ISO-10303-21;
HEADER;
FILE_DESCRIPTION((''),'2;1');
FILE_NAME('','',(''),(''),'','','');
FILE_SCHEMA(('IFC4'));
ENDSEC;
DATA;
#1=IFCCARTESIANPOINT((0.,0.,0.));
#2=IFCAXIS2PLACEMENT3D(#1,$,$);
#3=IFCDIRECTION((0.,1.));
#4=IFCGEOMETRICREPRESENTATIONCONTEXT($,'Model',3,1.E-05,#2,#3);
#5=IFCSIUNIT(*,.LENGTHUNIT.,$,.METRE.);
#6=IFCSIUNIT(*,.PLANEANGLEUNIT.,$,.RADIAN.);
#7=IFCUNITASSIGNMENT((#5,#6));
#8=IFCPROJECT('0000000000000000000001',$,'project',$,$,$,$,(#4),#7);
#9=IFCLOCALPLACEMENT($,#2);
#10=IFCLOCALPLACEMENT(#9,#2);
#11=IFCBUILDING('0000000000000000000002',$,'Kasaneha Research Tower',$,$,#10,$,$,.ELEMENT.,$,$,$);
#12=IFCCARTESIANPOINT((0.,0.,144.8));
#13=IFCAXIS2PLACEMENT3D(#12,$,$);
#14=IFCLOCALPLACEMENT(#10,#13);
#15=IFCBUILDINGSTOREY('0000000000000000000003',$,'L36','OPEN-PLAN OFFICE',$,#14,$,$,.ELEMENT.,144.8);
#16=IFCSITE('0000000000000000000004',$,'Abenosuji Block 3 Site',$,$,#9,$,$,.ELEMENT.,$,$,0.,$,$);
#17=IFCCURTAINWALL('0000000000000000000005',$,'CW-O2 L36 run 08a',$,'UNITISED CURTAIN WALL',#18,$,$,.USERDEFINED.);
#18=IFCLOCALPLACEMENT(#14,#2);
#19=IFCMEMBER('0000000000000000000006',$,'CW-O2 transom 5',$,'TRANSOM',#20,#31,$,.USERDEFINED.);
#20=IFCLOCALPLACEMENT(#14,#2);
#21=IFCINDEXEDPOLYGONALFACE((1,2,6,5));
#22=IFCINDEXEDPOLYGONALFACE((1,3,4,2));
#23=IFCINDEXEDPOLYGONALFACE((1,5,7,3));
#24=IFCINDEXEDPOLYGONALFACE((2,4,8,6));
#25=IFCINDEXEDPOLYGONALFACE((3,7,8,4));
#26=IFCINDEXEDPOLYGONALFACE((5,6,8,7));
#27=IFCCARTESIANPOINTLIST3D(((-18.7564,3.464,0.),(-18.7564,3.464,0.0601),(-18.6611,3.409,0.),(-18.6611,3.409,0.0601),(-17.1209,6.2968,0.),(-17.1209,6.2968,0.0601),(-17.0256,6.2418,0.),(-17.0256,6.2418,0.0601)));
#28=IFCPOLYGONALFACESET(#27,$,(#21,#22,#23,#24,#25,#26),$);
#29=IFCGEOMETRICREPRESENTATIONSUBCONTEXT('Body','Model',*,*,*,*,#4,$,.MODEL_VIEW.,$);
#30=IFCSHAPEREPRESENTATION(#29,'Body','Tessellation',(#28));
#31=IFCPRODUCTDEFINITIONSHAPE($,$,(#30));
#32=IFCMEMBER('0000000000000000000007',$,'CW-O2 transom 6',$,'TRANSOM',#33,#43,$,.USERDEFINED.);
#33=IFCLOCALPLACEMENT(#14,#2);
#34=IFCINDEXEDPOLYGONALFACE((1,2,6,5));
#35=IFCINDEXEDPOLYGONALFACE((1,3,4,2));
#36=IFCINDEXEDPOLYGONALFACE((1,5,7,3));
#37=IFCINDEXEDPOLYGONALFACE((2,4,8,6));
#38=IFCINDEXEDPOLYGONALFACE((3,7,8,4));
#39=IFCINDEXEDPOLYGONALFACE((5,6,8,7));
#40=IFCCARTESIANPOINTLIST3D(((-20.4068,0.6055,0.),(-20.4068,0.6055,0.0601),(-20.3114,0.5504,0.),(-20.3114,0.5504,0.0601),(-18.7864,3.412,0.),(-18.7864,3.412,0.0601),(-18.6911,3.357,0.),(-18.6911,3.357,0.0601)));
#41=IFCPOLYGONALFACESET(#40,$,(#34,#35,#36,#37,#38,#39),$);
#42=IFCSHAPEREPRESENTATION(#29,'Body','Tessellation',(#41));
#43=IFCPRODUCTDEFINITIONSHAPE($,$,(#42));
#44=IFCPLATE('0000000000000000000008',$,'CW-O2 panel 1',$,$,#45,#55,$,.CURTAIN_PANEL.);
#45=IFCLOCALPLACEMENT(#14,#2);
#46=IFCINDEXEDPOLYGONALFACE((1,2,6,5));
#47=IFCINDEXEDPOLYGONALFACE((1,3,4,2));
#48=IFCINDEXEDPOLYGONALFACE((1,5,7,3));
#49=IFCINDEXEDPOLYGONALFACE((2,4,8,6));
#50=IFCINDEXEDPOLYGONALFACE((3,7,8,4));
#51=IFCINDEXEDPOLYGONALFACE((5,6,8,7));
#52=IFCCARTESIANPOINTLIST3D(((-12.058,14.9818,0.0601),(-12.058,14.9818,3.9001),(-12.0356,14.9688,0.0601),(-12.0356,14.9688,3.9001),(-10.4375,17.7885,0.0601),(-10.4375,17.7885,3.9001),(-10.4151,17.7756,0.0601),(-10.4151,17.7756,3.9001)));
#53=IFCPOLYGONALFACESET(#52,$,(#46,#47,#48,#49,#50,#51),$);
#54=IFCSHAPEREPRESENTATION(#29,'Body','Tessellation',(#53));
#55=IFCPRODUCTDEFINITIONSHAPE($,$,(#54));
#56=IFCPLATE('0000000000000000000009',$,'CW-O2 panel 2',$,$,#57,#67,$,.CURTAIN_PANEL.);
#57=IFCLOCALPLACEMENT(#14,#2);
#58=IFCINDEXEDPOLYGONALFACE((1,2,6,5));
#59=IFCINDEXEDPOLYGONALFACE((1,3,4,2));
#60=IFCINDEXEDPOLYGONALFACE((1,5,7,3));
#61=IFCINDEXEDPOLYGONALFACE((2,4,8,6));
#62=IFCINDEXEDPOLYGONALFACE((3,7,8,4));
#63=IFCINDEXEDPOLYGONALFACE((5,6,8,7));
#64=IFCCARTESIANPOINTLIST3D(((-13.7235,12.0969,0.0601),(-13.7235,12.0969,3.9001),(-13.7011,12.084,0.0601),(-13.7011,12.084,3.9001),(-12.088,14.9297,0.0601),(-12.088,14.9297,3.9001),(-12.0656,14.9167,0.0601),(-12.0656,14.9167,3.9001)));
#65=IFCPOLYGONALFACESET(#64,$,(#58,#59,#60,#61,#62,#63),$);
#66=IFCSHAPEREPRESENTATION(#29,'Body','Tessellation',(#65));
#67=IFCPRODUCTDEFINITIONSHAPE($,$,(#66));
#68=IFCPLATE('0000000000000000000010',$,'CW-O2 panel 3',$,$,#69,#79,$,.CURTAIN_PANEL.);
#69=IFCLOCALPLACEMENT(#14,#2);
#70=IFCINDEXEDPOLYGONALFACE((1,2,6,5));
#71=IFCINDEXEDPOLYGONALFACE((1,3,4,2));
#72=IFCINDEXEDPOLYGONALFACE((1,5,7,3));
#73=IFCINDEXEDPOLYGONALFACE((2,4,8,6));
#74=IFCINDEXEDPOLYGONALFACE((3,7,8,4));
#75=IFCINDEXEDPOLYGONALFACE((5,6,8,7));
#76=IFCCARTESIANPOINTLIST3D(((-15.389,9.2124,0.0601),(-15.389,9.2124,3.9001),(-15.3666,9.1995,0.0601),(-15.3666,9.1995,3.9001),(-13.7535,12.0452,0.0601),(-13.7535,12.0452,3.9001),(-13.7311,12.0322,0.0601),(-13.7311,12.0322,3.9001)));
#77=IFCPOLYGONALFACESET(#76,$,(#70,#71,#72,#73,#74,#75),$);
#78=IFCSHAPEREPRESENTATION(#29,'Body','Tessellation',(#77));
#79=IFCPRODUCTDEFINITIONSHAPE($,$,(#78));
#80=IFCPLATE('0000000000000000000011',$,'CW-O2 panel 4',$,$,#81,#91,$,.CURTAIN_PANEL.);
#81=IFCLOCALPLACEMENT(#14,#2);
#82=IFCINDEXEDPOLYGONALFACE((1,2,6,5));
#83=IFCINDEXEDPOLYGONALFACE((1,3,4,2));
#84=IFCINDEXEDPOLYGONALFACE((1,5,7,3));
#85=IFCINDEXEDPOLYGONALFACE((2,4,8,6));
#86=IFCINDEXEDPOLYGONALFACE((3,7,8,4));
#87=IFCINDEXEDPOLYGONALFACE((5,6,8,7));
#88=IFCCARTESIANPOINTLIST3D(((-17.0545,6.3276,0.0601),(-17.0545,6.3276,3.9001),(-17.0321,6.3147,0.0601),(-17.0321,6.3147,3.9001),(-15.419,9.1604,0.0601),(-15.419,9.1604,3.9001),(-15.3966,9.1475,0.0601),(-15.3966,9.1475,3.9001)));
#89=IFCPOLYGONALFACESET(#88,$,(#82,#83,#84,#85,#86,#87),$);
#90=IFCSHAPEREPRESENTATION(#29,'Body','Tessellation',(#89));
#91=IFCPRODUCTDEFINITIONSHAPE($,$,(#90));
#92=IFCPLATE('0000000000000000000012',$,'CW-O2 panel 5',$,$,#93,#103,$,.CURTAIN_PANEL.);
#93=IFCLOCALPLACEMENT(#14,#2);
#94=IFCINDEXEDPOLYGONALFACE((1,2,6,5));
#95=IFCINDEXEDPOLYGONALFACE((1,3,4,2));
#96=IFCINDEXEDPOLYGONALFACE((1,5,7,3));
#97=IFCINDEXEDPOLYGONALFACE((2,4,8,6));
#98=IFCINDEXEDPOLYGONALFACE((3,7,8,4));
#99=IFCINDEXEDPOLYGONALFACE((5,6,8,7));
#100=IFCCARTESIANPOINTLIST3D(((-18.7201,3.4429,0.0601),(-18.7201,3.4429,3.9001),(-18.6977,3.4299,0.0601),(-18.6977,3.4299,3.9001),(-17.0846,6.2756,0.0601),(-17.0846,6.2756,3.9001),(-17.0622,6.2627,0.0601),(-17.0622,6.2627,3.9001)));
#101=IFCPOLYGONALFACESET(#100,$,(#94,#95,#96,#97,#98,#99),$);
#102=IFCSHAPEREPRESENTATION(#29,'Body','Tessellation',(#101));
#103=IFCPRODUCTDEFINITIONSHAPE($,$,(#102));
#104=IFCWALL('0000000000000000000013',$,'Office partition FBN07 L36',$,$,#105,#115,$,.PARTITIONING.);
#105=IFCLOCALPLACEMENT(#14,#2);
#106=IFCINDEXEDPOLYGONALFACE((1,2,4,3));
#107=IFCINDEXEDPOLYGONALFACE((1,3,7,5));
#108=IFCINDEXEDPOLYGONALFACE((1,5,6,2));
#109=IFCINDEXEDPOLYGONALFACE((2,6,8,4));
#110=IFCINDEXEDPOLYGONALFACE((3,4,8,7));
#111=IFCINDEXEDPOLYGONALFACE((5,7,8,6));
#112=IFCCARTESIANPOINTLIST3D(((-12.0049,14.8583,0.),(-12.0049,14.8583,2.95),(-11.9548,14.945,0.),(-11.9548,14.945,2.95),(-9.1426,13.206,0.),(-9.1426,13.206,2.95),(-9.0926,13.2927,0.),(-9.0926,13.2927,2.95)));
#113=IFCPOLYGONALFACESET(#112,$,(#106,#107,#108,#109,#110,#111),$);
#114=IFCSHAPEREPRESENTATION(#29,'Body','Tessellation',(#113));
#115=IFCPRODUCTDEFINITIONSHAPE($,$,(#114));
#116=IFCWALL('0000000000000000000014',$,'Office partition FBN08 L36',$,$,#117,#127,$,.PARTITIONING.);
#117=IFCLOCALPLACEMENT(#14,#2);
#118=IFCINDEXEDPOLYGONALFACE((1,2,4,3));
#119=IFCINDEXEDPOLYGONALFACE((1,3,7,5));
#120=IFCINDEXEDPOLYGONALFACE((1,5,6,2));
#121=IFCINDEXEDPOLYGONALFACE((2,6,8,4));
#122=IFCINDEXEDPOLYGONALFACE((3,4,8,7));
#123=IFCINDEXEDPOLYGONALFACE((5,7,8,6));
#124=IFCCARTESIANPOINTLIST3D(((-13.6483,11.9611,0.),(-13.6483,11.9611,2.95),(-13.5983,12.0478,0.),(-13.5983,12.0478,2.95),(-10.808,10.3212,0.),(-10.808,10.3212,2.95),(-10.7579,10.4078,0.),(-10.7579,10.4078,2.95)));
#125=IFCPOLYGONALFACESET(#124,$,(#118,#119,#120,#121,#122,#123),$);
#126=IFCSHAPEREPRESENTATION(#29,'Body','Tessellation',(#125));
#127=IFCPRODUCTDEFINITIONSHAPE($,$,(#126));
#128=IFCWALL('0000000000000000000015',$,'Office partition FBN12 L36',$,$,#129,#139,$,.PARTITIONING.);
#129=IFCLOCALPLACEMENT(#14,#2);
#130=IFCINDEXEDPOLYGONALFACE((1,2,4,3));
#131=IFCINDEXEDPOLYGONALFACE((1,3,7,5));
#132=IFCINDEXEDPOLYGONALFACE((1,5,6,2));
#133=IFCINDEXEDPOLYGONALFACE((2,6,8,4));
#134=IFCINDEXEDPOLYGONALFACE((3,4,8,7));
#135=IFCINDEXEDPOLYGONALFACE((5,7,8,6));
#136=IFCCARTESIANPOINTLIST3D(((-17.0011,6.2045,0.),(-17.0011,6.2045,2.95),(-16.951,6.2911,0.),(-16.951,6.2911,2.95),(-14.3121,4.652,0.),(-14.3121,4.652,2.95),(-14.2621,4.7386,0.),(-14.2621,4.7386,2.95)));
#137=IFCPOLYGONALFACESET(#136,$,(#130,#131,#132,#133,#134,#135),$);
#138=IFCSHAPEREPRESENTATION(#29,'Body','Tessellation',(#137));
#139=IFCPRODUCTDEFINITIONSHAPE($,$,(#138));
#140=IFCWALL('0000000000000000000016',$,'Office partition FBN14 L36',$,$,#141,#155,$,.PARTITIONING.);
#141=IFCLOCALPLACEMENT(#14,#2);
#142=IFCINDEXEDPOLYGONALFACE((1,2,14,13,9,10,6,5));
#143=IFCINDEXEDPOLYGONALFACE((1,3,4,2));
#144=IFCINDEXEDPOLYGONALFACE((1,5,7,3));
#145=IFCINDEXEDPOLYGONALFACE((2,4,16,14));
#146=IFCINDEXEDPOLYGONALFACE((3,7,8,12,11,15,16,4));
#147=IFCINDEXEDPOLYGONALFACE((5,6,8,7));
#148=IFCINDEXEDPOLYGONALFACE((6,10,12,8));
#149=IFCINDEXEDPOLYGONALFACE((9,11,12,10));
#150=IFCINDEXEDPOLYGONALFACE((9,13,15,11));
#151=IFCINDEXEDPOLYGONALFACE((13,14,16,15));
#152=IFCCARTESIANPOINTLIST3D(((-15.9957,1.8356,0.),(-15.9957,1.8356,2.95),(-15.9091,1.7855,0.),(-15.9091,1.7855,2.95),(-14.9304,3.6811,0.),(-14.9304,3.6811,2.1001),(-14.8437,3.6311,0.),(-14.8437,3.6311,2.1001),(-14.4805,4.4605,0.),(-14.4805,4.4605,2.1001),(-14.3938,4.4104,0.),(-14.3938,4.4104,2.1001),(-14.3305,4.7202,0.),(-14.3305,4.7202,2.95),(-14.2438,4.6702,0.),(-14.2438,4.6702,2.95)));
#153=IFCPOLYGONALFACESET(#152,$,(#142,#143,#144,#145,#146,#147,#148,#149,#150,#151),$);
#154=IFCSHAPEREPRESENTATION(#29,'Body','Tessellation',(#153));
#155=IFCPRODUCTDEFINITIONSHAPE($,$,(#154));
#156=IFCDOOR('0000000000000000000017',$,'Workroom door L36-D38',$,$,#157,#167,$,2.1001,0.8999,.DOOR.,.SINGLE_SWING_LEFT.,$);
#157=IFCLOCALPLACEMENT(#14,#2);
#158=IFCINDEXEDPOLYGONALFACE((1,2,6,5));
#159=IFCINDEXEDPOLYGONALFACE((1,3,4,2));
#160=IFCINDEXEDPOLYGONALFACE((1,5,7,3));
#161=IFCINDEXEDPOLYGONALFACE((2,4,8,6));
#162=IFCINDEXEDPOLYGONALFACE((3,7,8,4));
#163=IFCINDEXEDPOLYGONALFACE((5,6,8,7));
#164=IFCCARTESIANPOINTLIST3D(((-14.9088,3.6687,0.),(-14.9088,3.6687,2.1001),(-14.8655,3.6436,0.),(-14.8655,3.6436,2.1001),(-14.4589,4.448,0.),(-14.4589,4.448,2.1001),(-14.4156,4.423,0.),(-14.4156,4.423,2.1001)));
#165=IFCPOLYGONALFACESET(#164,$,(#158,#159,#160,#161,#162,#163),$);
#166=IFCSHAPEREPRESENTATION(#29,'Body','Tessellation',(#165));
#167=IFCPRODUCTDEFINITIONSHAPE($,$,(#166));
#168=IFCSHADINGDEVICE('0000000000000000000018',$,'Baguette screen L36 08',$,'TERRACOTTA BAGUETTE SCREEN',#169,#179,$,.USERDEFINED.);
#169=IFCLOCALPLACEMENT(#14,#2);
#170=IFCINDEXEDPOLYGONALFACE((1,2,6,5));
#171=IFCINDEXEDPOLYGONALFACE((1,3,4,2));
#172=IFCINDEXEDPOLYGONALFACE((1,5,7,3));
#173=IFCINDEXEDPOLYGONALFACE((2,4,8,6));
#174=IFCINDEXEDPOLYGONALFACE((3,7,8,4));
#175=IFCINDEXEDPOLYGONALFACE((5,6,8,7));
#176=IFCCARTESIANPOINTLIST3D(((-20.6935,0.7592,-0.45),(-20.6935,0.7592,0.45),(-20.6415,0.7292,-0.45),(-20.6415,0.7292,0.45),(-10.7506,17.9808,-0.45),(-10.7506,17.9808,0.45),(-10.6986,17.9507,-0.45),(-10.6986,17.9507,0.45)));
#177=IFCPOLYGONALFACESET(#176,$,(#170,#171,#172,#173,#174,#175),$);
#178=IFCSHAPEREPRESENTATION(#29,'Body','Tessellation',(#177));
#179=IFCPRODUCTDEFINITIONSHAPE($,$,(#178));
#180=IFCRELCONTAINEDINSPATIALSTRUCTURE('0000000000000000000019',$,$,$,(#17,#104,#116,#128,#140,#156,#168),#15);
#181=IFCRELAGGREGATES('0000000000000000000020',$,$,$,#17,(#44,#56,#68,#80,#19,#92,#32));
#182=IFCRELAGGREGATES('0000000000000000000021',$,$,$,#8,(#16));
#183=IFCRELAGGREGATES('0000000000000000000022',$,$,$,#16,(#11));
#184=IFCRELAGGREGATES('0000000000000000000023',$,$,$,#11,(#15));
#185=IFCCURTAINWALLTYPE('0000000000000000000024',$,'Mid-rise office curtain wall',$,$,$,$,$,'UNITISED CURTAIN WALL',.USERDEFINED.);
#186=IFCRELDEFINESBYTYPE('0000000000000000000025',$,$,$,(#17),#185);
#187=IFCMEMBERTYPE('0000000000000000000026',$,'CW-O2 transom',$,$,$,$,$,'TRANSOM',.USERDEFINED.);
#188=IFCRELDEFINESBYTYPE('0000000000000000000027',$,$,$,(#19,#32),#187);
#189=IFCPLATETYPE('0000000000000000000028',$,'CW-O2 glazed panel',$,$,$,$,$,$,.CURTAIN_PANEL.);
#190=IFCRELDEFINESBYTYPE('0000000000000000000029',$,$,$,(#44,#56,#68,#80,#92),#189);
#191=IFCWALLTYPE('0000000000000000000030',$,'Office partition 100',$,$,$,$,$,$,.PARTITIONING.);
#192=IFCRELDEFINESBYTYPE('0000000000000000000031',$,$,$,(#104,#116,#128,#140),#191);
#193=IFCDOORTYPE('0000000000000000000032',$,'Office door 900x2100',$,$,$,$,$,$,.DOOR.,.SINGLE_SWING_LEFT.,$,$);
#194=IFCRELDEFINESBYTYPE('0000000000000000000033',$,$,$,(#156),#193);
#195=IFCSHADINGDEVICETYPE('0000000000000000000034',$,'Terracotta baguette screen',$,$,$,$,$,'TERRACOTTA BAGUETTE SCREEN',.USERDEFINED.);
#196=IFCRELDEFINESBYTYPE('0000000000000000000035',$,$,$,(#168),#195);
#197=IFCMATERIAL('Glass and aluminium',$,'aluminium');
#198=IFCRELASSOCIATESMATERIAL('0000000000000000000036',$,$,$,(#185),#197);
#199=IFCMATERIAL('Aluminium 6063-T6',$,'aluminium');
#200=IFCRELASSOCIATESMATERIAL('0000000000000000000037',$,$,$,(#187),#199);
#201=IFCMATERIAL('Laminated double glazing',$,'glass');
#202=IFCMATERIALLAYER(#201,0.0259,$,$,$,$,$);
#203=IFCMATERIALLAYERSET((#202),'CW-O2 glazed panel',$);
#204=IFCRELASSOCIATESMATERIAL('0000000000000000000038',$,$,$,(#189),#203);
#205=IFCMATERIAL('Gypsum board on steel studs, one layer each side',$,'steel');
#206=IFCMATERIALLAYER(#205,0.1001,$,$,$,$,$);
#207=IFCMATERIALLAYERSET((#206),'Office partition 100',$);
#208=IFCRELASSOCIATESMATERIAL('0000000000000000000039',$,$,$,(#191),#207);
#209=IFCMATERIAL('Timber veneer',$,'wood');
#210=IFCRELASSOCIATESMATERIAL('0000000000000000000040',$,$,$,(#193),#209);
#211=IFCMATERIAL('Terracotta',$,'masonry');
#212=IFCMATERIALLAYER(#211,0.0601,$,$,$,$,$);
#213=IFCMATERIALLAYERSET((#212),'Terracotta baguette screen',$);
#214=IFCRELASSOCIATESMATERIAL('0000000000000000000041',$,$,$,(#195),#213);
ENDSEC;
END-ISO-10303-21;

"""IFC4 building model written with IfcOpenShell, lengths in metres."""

from ifc_helpers import new_model, si_unit, direction, frame, frame_2d, origin, origin_2d, place, context, subcontext, project, spatial, rectangle, extrude, material, layer, layer_set, material_profile, profile_set, type_object, element, fill, aggregate, save


model = new_model("IFC4")

# Units and contexts
model_context = context("Model", 3, precision=1e-05, world=origin(), true_north=direction((0.0, 1.0)))
body_context = subcontext(model_context, "Body", "Model", "MODEL_VIEW")
ifc_project = project(units=[si_unit("LENGTHUNIT", "METRE"), si_unit("PLANEANGLEUNIT", "RADIAN")], contexts=[model_context])

# Site, building, storey
site_placement = place(None, origin())
site = spatial("IfcSite", under=ifc_project, at=site_placement, Name="Abenosuji Block 3 Site", CompositionType="ELEMENT", RefElevation=0.0)
building_placement = place(site_placement, origin())
building = spatial("IfcBuilding", under=site, at=building_placement, Name="Kasaneha Research Tower", CompositionType="ELEMENT")
storey_placement = place(building_placement, frame((0.0, 0.0, 144.8)))
storey = spatial("IfcBuildingStorey", under=building, at=storey_placement, Name="L36", Description="OPEN-PLAN OFFICE", CompositionType="ELEMENT", Elevation=144.8)

# Shared definitions
ifc_material_1 = material(Name="Glass and aluminium", Category="aluminium")
curtain_wall_type = type_object("IfcCurtainWallType", Name="Mid-rise office curtain wall", ElementType="UNITISED CURTAIN WALL", PredefinedType="USERDEFINED", material=ifc_material_1)

# Curtain wall, members, plates
curtain_wall_1_placement = place(storey_placement, origin())
curtain_wall_1 = element("IfcCurtainWall", 1, at=curtain_wall_1_placement, inside=storey, type_object=curtain_wall_type, Name="CW-O2 L36 run 08a", ObjectType="UNITISED CURTAIN WALL", PredefinedType="USERDEFINED")
ifc_material_2 = material(Name="Aluminium 6063-T6", Category="aluminium")
ifc_material_profile_1 = material_profile(ifc_material_2, rectangle(XDim=0.1101, YDim=0.0601, at=origin_2d()), Name="CW-O2 transom 110x60")
ifc_profile_set_1 = profile_set([ifc_material_profile_1], Name="Aluminium 6063-T6")
member_type_1 = type_object("IfcMemberType", Name="CW-O2 transom", ElementType="TRANSOM", PredefinedType="USERDEFINED", material=ifc_profile_set_1)
member_1_placement = place(storey_placement, frame((-17.0732, 6.2693, 0.03), z_axis=(-0.5, -0.866025, 0.0), x_axis=(0.866025, -0.5, 0.0)))
member_1 = element("IfcMember", 2, at=member_1_placement, type_object=member_type_1, Name="CW-O2 transom 5", ObjectType="TRANSOM", PredefinedType="USERDEFINED", context=body_context, shape_type="SweptSolid", body=[
    extrude(rectangle(XDim=0.1101, YDim=0.0601, at=origin_2d()), origin(), (0.0, 0.0, 1.0), 3.271),
])
member_2_placement = place(storey_placement, frame((-18.7388, 3.3845, 0.03), z_axis=(-0.499988, -0.866033, 0.0), x_axis=(0.866033, -0.499988, 0.0)))
member_2 = element("IfcMember", 3, at=member_2_placement, type_object=member_type_1, Name="CW-O2 transom 6", ObjectType="TRANSOM", PredefinedType="USERDEFINED", context=body_context, shape_type="SweptSolid", body=[
    extrude(rectangle(XDim=0.1101, YDim=0.0601, at=origin_2d()), origin(), (0.0, 0.0, 1.0), 3.2407),
])
ifc_material_3 = material(Name="Laminated double glazing", Category="glass")
ifc_layer_1 = layer(ifc_material_3, 0.0259)
ifc_layer_set_1 = layer_set([ifc_layer_1], Name="CW-O2 glazed panel")
plate_type = type_object("IfcPlateType", Name="CW-O2 glazed panel", PredefinedType="CURTAIN_PANEL", material=ifc_layer_set_1)
plate_1_placement = place(storey_placement, frame((-11.2366, 16.3787, 0.0601), z_axis=(0.0, 0.0, 1.0), x_axis=(-0.5, -0.866025, 0.0)))
plate_1 = element("IfcPlate", 4, at=plate_1_placement, type_object=plate_type, Name="CW-O2 panel 1", PredefinedType="CURTAIN_PANEL", context=body_context, shape_type="SweptSolid", body=[
    extrude(rectangle(XDim=3.241, YDim=0.0259, at=origin_2d()), origin(), (0.0, 0.0, 1.0), 3.8401),
])
plate_2_placement = place(storey_placement, frame((-12.8945, 13.5068, 0.0601), z_axis=(0.0, 0.0, 1.0), x_axis=(-0.5, -0.866025, 0.0)))
plate_2 = element("IfcPlate", 5, at=plate_2_placement, type_object=plate_type, Name="CW-O2 panel 2", PredefinedType="CURTAIN_PANEL", context=body_context, shape_type="SweptSolid", body=[
    extrude(rectangle(XDim=3.271, YDim=0.0259, at=origin_2d()), origin(), (0.0, 0.0, 1.0), 3.8401),
])
plate_3_placement = place(storey_placement, frame((-14.5601, 10.6223, 0.0601), z_axis=(0.0, 0.0, 1.0), x_axis=(-0.5, -0.866025, 0.0)))
plate_3 = element("IfcPlate", 6, at=plate_3_placement, type_object=plate_type, Name="CW-O2 panel 3", PredefinedType="CURTAIN_PANEL", context=body_context, shape_type="SweptSolid", body=[
    extrude(rectangle(XDim=3.271, YDim=0.0259, at=origin_2d()), origin(), (0.0, 0.0, 1.0), 3.8401),
])
plate_4_placement = place(storey_placement, frame((-16.2256, 7.7375, 0.0601), z_axis=(0.0, 0.0, 1.0), x_axis=(-0.5, -0.866025, 0.0)))
plate_4 = element("IfcPlate", 7, at=plate_4_placement, type_object=plate_type, Name="CW-O2 panel 4", PredefinedType="CURTAIN_PANEL", context=body_context, shape_type="SweptSolid", body=[
    extrude(rectangle(XDim=3.271, YDim=0.0259, at=origin_2d()), origin(), (0.0, 0.0, 1.0), 3.8401),
])
plate_5_placement = place(storey_placement, frame((-17.8911, 4.8528, 0.0601), z_axis=(0.0, 0.0, 1.0), x_axis=(-0.5, -0.866025, 0.0)))
plate_5 = element("IfcPlate", 8, at=plate_5_placement, type_object=plate_type, Name="CW-O2 panel 5", PredefinedType="CURTAIN_PANEL", context=body_context, shape_type="SweptSolid", body=[
    extrude(rectangle(XDim=3.271, YDim=0.0259, at=origin_2d()), origin(), (0.0, 0.0, 1.0), 3.8401),
])
aggregate(curtain_wall_1, [plate_1, plate_2, plate_3, plate_4, member_1, plate_5, member_2])

# Walls
ifc_material_4 = material(Name="Gypsum board on steel studs, one layer each side", Category="steel")
ifc_layer_2 = layer(ifc_material_4, 0.1001)
ifc_layer_set_2 = layer_set([ifc_layer_2], Name="Office partition 100")
wall_type = type_object("IfcWallType", Name="Office partition 100", PredefinedType="PARTITIONING", material=ifc_layer_set_2)
wall_1_placement = place(storey_placement, frame((-11.9797, 14.9016, 0.0), z_axis=(0.0, 0.0, 1.0), x_axis=(0.866053, -0.499953, 0.0)))
element("IfcWall", 9, at=wall_1_placement, inside=storey, type_object=wall_type, Name="Office partition FBN07 L36", PredefinedType="PARTITIONING", context=body_context, shape_type="SweptSolid", body=[
    extrude(rectangle(XDim=3.3049, YDim=0.1001, at=frame_2d((1.6523, 0.0))), origin(), (0.0, 0.0, 1.0), 2.95),
])
wall_2_placement = place(storey_placement, frame((-10.783, 10.3645, 0.0), z_axis=(0.0, 0.0, 1.0), x_axis=(-0.866022, 0.500006, 0.0)))
element("IfcWall", 10, at=wall_2_placement, inside=storey, type_object=wall_type, Name="Office partition FBN08 L36", PredefinedType="PARTITIONING", context=body_context, shape_type="SweptSolid", body=[
    extrude(rectangle(XDim=3.2798, YDim=0.1001, at=frame_2d((1.6399, 0.0))), origin(), (0.0, 0.0, 1.0), 2.95),
])
wall_3_placement = place(storey_placement, frame((-16.9761, 6.2478, 0.0), z_axis=(0.0, 0.0, 1.0), x_axis=(0.866023, -0.500004, 0.0)))
element("IfcWall", 11, at=wall_3_placement, inside=storey, type_object=wall_type, Name="Office partition FBN12 L36", PredefinedType="PARTITIONING", context=body_context, shape_type="SweptSolid", body=[
    extrude(rectangle(XDim=3.105, YDim=0.1001, at=frame_2d((1.5525, 0.0))), origin(), (0.0, 0.0, 1.0), 2.95),
])

# Wall, opening, door
wall_4_placement = place(storey_placement, frame((-14.2871, 4.6953, 0.0), z_axis=(0.0, 0.0, 1.0), x_axis=(-0.499947, -0.866056, 0.0)))
wall_4 = element("IfcWall", 12, at=wall_4_placement, inside=storey, type_object=wall_type, Name="Office partition FBN14 L36", PredefinedType="PARTITIONING", context=body_context, shape_type="SweptSolid", body=[
    extrude(rectangle(XDim=3.3308, YDim=0.1001, at=frame_2d((1.6655, 0.0))), origin(), (0.0, 0.0, 1.0), 2.95),
])
opening_placement = place(wall_4_placement, frame((0.3, 0.0, 0.0)))
opening = element("IfcOpeningElement", 13, at=opening_placement, cuts=wall_4, PredefinedType="OPENING", context=body_context, shape_type="SweptSolid", body=[
    extrude(rectangle(XDim=0.8999, YDim=2.1001, at=frame_2d((0.45, 1.05))), frame((0.0, 0.0601, 0.0), z_axis=(0.0, -1.0, 0.0), x_axis=(1.0, 0.0, 0.0)), (0.0, 0.0, 1.0), 0.1201),
])
ifc_material_5 = material(Name="Timber veneer", Category="wood")
door_type = type_object("IfcDoorType", Name="Office door 900x2100", OperationType="SINGLE_SWING_LEFT", PredefinedType="DOOR", material=ifc_material_5)
door_placement = place(opening_placement, origin())
door = element("IfcDoor", 14, at=door_placement, inside=storey, type_object=door_type, Name="Workroom door L36-D38", OperationType="SINGLE_SWING_LEFT", OverallHeight=2.1001, OverallWidth=0.8999, PredefinedType="DOOR", context=body_context, shape_type="SweptSolid", body=[
    extrude(rectangle(XDim=0.8999, YDim=2.1001, at=frame_2d((0.45, 1.05))), frame((0.0, 0.0249, 0.0), z_axis=(0.0, -1.0, 0.0), x_axis=(1.0, 0.0, 0.0)), (0.0, 0.0, 1.0), 0.05),
])
fill(opening, door)

# Shading device
ifc_material_6 = material(Name="Terracotta", Category="masonry")
ifc_layer_3 = layer(ifc_material_6, 0.0601)
ifc_layer_set_3 = layer_set([ifc_layer_3], Name="Terracotta baguette screen")
shading_device_type = type_object("IfcShadingDeviceType", Name="Terracotta baguette screen", ElementType="TERRACOTTA BAGUETTE SCREEN", PredefinedType="USERDEFINED", material=ifc_layer_set_3)
shading_device_placement = place(storey_placement, frame((-15.696, 9.355, -0.45), z_axis=(0.0, 0.0, 1.0), x_axis=(-0.5, -0.866025, 0.0)))
element("IfcShadingDevice", 15, at=shading_device_placement, inside=storey, type_object=shading_device_type, Name="Baguette screen L36 08", ObjectType="TERRACOTTA BAGUETTE SCREEN", PredefinedType="USERDEFINED", context=body_context, shape_type="SweptSolid", body=[
    extrude(rectangle(XDim=19.8857, YDim=0.0601, at=origin_2d()), origin(), (0.0, 0.0, 1.0), 0.8999),
])

save(model, "model.ifc")
